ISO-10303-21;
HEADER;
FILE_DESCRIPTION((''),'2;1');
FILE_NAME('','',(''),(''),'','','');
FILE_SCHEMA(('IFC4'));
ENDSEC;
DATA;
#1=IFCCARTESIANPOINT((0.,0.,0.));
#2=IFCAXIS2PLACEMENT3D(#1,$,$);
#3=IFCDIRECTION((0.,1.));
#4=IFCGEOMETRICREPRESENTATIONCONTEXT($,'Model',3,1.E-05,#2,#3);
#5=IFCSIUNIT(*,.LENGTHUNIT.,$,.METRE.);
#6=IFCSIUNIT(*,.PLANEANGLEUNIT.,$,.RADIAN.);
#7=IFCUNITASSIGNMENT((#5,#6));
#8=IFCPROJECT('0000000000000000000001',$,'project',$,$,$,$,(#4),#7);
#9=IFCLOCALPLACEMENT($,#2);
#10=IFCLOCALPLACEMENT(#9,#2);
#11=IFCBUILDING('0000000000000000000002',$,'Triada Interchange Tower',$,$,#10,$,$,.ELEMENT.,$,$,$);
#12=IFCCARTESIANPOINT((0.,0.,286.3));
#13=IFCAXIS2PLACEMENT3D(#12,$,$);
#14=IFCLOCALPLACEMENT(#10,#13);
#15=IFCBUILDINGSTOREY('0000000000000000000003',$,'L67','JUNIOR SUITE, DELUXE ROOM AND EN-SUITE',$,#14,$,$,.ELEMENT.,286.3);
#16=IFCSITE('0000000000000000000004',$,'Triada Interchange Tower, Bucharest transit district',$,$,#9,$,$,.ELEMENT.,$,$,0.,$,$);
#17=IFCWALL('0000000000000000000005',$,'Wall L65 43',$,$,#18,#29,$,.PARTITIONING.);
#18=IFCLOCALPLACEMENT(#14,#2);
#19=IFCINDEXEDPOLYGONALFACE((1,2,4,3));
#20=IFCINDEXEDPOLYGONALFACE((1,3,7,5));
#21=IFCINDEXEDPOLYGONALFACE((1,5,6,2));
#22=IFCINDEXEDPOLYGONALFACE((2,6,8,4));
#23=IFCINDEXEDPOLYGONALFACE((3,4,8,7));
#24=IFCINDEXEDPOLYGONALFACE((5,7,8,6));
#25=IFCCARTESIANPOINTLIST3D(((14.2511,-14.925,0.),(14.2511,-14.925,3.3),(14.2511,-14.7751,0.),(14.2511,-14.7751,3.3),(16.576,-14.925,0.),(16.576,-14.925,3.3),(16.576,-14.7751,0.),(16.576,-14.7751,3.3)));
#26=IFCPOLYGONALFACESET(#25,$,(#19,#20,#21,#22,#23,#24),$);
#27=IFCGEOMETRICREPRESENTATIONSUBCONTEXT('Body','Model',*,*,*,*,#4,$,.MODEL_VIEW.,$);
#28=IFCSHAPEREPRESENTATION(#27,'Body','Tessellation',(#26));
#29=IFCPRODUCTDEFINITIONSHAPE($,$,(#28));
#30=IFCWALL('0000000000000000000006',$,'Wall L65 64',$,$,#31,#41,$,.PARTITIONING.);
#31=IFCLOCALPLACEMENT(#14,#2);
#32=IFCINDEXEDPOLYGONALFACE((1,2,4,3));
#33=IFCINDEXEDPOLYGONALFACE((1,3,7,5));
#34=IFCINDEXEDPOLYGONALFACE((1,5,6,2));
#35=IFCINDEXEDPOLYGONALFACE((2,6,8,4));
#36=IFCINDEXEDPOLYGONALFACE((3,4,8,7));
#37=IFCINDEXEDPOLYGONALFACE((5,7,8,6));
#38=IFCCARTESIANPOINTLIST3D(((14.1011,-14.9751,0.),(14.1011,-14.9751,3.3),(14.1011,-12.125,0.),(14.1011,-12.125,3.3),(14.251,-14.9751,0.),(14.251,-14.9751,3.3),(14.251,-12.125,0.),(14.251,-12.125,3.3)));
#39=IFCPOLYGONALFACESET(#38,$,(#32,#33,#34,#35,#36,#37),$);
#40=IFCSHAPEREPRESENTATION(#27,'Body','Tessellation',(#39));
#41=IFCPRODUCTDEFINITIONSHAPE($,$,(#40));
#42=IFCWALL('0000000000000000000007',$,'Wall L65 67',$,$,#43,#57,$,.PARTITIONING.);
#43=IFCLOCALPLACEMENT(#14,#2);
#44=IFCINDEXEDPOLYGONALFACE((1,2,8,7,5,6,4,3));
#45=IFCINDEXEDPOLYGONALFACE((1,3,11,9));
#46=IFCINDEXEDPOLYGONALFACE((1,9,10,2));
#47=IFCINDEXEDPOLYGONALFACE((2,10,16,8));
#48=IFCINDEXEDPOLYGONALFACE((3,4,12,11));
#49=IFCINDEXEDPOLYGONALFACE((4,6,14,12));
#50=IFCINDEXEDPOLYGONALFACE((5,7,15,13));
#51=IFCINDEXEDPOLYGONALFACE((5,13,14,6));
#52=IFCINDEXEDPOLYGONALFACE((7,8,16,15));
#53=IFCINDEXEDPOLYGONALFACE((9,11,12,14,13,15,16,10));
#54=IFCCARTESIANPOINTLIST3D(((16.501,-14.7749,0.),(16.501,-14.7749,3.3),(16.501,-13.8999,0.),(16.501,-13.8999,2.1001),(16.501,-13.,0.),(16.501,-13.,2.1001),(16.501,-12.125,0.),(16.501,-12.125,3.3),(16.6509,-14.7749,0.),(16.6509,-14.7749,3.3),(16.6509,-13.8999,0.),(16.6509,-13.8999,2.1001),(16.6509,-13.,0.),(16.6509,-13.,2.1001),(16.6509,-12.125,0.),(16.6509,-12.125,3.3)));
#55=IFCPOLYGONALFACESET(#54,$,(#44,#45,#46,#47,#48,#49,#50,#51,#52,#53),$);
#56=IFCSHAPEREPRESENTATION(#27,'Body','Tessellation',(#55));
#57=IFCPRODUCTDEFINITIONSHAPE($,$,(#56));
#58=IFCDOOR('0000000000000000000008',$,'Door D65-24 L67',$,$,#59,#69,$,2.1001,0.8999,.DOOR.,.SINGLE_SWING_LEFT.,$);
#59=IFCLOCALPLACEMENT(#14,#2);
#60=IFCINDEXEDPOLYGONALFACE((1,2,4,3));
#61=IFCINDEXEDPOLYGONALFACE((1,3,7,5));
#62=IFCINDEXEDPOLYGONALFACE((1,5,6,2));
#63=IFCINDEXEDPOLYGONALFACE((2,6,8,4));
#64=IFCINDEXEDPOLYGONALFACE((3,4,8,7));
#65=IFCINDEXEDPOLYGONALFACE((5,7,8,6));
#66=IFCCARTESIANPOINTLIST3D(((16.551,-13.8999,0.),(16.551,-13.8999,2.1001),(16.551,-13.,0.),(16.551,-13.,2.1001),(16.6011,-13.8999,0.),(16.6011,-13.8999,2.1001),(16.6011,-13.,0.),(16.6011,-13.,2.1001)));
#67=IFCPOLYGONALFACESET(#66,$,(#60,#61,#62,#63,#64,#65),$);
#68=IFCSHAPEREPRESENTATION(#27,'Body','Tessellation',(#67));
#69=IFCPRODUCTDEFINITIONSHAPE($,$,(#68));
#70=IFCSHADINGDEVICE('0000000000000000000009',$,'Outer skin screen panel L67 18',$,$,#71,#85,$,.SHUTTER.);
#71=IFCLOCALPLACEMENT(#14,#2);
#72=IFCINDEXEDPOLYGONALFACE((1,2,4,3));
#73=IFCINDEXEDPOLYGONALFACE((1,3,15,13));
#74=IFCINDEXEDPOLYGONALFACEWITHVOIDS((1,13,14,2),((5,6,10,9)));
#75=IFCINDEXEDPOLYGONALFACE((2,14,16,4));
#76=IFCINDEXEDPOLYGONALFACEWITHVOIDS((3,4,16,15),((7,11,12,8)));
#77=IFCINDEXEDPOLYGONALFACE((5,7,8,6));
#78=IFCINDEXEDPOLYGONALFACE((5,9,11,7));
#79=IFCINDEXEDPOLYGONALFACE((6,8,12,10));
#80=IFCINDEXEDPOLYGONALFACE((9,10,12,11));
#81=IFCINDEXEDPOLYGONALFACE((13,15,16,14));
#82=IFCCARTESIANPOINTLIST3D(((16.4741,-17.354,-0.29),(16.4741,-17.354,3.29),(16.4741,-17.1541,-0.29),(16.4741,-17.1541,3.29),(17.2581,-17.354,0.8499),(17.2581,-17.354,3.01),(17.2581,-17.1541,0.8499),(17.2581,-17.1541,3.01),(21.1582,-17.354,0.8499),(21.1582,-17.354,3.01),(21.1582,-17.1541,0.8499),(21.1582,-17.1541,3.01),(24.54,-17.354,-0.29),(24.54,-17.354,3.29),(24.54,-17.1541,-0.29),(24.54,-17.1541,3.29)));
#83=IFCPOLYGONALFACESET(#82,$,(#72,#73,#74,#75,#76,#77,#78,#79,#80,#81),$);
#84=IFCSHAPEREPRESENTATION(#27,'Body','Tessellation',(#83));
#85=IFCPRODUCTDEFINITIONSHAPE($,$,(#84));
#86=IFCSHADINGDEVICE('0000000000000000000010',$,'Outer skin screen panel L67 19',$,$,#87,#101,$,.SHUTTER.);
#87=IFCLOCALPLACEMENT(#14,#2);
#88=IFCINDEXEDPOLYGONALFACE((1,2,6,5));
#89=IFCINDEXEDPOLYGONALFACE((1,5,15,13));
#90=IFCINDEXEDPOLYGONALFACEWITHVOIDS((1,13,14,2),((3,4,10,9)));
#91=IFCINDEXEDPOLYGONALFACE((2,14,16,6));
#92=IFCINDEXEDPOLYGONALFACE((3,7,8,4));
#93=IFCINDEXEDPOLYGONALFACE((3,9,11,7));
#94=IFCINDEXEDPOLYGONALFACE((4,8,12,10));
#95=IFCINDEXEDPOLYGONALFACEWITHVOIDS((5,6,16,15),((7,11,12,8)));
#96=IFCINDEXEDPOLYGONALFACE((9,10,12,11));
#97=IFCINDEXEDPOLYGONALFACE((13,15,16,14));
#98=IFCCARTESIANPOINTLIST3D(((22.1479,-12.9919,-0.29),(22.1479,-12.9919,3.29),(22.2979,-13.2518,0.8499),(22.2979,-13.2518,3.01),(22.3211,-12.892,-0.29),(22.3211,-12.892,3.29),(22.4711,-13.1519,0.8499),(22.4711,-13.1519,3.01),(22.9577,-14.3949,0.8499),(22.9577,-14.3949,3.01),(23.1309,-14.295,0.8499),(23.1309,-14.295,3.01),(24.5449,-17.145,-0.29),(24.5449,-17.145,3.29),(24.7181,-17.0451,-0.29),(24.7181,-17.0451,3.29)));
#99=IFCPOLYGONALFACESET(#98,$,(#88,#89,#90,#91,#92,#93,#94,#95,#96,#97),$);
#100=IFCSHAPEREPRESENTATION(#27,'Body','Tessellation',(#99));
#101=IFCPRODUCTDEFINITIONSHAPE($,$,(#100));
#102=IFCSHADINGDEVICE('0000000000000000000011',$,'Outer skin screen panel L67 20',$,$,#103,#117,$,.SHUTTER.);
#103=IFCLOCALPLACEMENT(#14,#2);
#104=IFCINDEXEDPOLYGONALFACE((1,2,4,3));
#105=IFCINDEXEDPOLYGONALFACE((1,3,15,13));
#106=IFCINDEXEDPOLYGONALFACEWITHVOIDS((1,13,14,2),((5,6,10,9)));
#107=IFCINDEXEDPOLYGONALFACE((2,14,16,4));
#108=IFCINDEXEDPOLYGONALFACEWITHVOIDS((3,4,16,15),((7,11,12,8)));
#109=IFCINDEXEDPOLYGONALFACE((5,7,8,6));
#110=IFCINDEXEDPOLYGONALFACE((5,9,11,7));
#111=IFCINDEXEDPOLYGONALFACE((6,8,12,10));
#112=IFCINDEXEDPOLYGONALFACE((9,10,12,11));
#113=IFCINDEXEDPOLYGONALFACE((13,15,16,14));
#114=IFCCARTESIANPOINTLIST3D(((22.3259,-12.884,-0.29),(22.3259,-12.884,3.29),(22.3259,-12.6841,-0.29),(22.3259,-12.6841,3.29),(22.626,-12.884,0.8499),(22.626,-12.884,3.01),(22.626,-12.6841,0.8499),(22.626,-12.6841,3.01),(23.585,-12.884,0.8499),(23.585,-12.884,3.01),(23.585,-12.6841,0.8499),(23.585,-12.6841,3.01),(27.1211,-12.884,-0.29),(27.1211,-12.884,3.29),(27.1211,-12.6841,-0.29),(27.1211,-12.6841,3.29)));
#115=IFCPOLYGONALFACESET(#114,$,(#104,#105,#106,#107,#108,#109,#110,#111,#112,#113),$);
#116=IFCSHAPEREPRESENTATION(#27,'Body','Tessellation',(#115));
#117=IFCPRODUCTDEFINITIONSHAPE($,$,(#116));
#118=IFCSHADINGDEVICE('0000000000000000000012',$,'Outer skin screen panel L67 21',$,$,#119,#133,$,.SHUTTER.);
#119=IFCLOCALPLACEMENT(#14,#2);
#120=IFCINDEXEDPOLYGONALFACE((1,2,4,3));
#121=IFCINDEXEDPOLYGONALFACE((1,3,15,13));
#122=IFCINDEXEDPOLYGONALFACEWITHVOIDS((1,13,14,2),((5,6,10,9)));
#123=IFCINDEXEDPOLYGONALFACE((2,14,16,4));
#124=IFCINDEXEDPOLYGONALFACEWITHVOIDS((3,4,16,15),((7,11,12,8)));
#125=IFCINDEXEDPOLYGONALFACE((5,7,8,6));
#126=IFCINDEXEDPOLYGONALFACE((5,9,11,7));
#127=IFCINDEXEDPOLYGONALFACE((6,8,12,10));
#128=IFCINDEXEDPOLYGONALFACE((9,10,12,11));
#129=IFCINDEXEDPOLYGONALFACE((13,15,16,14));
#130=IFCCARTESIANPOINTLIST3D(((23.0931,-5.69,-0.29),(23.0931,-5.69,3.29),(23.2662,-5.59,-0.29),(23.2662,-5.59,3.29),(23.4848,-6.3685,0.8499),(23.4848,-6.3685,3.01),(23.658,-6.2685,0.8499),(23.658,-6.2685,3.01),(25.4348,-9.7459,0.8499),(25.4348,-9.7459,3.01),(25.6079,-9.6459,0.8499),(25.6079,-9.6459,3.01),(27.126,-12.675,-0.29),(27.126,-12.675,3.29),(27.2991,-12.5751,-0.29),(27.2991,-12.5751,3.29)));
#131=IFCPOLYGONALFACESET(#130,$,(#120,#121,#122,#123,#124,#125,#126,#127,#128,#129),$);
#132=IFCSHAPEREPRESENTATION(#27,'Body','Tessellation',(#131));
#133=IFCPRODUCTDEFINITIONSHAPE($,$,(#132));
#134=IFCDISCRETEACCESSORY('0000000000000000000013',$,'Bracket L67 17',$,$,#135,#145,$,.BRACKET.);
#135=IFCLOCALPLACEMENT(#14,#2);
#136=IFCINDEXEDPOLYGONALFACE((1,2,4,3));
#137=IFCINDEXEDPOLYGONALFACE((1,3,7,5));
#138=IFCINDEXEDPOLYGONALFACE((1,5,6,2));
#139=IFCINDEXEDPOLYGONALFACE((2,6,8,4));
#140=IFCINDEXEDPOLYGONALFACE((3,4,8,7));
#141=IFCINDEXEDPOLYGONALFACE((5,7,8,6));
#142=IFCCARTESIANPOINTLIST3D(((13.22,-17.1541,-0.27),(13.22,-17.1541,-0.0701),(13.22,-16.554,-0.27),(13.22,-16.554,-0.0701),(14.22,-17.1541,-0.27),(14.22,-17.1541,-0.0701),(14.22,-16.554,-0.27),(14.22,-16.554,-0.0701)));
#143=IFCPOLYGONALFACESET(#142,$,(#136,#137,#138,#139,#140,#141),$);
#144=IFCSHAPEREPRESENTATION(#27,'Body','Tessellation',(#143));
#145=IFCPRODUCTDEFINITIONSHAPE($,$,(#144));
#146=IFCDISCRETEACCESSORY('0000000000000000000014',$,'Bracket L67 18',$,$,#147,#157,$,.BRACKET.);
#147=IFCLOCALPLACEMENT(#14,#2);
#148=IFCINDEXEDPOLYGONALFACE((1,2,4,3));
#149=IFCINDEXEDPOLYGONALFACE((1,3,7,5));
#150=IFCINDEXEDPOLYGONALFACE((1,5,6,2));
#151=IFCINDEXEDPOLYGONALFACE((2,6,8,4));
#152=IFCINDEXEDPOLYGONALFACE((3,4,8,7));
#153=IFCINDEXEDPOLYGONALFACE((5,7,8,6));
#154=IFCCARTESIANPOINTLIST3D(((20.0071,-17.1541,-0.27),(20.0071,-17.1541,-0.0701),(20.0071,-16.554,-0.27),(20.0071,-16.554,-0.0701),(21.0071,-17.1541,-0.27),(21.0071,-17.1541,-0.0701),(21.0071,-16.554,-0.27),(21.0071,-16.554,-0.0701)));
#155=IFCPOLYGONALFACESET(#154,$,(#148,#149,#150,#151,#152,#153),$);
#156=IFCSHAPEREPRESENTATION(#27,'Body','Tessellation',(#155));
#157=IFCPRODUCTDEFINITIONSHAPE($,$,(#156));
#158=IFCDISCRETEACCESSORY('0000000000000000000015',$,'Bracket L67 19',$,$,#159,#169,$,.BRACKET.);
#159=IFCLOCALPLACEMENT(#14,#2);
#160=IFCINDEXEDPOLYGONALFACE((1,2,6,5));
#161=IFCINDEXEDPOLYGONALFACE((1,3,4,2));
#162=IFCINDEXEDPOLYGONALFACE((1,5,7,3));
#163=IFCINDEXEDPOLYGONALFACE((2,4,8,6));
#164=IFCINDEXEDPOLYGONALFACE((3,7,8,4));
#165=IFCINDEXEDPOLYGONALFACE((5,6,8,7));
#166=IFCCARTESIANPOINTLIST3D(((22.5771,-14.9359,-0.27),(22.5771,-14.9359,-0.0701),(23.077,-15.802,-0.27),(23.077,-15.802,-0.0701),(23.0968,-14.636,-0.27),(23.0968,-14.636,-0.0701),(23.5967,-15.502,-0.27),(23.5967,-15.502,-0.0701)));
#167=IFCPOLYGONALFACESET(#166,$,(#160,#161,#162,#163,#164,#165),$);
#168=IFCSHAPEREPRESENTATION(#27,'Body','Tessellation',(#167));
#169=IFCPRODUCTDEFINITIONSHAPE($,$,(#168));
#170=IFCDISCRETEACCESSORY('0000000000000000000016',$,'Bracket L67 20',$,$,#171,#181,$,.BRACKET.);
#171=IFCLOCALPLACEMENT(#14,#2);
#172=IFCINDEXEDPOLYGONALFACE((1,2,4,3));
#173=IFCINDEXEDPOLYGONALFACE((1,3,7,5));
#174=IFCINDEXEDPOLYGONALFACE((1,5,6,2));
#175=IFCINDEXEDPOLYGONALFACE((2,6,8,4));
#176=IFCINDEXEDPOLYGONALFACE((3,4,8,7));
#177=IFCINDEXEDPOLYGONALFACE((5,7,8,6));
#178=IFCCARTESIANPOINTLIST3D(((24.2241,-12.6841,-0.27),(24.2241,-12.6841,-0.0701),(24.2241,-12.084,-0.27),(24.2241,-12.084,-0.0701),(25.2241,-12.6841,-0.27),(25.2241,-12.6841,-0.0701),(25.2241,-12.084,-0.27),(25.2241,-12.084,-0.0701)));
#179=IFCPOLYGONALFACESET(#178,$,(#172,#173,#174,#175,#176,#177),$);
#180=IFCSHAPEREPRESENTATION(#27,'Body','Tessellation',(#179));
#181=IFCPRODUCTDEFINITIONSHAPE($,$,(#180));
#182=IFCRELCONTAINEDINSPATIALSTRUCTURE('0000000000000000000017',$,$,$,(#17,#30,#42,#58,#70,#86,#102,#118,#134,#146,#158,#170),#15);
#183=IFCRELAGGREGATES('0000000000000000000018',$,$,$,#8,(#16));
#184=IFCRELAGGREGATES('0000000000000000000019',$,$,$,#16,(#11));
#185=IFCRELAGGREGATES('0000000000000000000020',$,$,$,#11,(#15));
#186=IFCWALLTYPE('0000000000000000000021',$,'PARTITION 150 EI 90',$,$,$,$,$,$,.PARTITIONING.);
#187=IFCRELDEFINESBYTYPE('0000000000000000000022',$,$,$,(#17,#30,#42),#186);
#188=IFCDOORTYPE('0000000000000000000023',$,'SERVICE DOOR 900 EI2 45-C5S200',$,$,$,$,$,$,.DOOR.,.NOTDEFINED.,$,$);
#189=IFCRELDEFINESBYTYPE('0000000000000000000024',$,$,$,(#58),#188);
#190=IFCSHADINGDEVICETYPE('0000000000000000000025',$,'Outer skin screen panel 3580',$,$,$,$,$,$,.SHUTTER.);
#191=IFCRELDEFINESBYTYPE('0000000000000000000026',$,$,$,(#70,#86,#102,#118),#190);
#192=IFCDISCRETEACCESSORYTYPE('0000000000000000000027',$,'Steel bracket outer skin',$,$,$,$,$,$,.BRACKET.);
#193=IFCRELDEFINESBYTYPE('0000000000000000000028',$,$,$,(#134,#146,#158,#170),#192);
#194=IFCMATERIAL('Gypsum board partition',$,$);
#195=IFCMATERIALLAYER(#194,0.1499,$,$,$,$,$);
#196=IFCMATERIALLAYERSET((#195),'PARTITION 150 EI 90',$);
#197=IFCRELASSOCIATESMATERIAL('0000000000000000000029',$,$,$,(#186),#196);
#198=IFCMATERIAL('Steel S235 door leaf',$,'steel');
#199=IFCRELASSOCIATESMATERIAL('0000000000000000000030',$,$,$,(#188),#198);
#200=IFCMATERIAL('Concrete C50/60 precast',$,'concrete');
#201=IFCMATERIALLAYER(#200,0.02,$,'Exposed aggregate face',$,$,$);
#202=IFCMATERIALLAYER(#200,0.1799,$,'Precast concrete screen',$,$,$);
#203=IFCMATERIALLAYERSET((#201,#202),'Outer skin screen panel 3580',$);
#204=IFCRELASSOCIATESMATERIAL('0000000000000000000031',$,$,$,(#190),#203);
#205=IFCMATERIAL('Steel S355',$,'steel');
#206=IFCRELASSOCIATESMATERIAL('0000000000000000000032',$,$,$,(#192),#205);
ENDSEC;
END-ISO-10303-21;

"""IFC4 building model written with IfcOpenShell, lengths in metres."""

from ifc_helpers import new_model, si_unit, direction, frame, frame_2d, origin, origin_2d, place, context, subcontext, project, spatial, polyline, rectangle, outline, extrude, material, layer, layer_set, type_object, element, fill, save


model = new_model("IFC4")

# Units and contexts
model_context = context("Model", 3, precision=1e-05, world=origin(), true_north=direction((0.0, 1.0)))
body_context = subcontext(model_context, "Body", "Model", "MODEL_VIEW")
ifc_project = project(units=[si_unit("LENGTHUNIT", "METRE"), si_unit("PLANEANGLEUNIT", "RADIAN")], contexts=[model_context])

# Site, building, storey
site_placement = place(None, origin())
site = spatial("IfcSite", under=ifc_project, at=site_placement, Name="Triada Interchange Tower, Bucharest transit district", CompositionType="ELEMENT", RefElevation=0.0)
building_placement = place(site_placement, origin())
building = spatial("IfcBuilding", under=site, at=building_placement, Name="Triada Interchange Tower", CompositionType="ELEMENT")
storey_placement = place(building_placement, frame((0.0, 0.0, 286.3)))
storey = spatial("IfcBuildingStorey", under=building, at=storey_placement, Name="L67", Description="JUNIOR SUITE, DELUXE ROOM AND EN-SUITE", CompositionType="ELEMENT", Elevation=286.3)

# Walls
ifc_material_1 = material(Name="Gypsum board partition")
ifc_layer_1 = layer(ifc_material_1, 0.1499)
ifc_layer_set_1 = layer_set([ifc_layer_1], Name="PARTITION 150 EI 90")
wall_type_1 = type_object("IfcWallType", Name="PARTITION 150 EI 90", PredefinedType="PARTITIONING", material=ifc_layer_set_1)
wall_1_placement = place(storey_placement, frame((14.251, -14.8501, 0.0), z_axis=(0.0, 0.0, 1.0), x_axis=(1.0, 0.0, 0.0)))
element("IfcWall", 1, at=wall_1_placement, inside=storey, type_object=wall_type_1, Name="Wall L65 43", PredefinedType="PARTITIONING", context=body_context, shape_type="SweptSolid", body=[
    extrude(rectangle(XDim=2.325, YDim=0.1499, at=frame_2d((1.1626, 0.0))), origin(), (0.0, 0.0, 1.0), 3.3),
])
wall_2_placement = place(storey_placement, frame((14.176, -14.9751, 0.0), z_axis=(0.0, 0.0, 1.0), x_axis=(0.0, 1.0, 0.0)))
element("IfcWall", 2, at=wall_2_placement, inside=storey, type_object=wall_type_1, Name="Wall L65 64", PredefinedType="PARTITIONING", context=body_context, shape_type="SweptSolid", body=[
    extrude(rectangle(XDim=2.8501, YDim=0.1499, at=frame_2d((1.425, 0.0))), origin(), (0.0, 0.0, 1.0), 3.3),
])

# Wall, opening, door
wall_3_placement = place(storey_placement, frame((16.5759, -14.7749, 0.0), z_axis=(0.0, 0.0, 1.0), x_axis=(0.0, 1.0, 0.0)))
wall_3 = element("IfcWall", 3, at=wall_3_placement, inside=storey, type_object=wall_type_1, Name="Wall L65 67", PredefinedType="PARTITIONING", context=body_context, shape_type="SweptSolid", body=[
    extrude(rectangle(XDim=2.6499, YDim=0.1499, at=frame_2d((1.325, 0.0))), origin(), (0.0, 0.0, 1.0), 3.3),
])
opening_1_placement = place(wall_3_placement, frame((0.875, 0.0, 0.0)))
opening_1 = element("IfcOpeningElement", 4, at=opening_1_placement, cuts=wall_3, PredefinedType="OPENING", context=body_context, shape_type="SweptSolid", body=[
    extrude(rectangle(XDim=0.8999, YDim=2.1001, at=frame_2d((0.45, 1.05))), frame((0.0, 0.085, 0.0), z_axis=(0.0, -1.0, 0.0), x_axis=(1.0, 0.0, 0.0)), (0.0, 0.0, 1.0), 0.1699),
])
ifc_material_2 = material(Name="Steel S235 door leaf", Category="steel")
door_type = type_object("IfcDoorType", Name="SERVICE DOOR 900 EI2 45-C5S200", OperationType="NOTDEFINED", PredefinedType="DOOR", material=ifc_material_2)
door_placement = place(opening_1_placement, origin())
door = element("IfcDoor", 5, at=door_placement, inside=storey, type_object=door_type, Name="Door D65-24 L67", OperationType="SINGLE_SWING_LEFT", OverallHeight=2.1001, OverallWidth=0.8999, PredefinedType="DOOR", context=body_context, shape_type="SweptSolid", body=[
    extrude(rectangle(XDim=0.8999, YDim=2.1001, at=frame_2d((0.45, 1.05))), frame((0.0, 0.0249, 0.0), z_axis=(0.0, -1.0, 0.0), x_axis=(1.0, 0.0, 0.0)), (0.0, 0.0, 1.0), 0.05),
])
fill(opening_1, door)

# Shading devices
ifc_material_3 = material(Name="Concrete C50/60 precast", Category="concrete")
ifc_layer_2 = layer(ifc_material_3, 0.02, Name="Exposed aggregate face")
ifc_layer_3 = layer(ifc_material_3, 0.1799, Name="Precast concrete screen")
ifc_layer_set_2 = layer_set([ifc_layer_2, ifc_layer_3], Name="Outer skin screen panel 3580")
shading_device_type = type_object("IfcShadingDeviceType", Name="Outer skin screen panel 3580", PredefinedType="SHUTTER", material=ifc_layer_set_2)
shading_device_1_placement = place(storey_placement, frame((16.4741, -17.1541, -0.29), z_axis=(0.0, 0.0, 1.0), x_axis=(1.0, 0.0, 0.0)))
element("IfcShadingDevice", 6, at=shading_device_1_placement, inside=storey, type_object=shading_device_type, Name="Outer skin screen panel L67 18", PredefinedType="SHUTTER", context=body_context, shape_type="SweptSolid", body=[
    extrude(outline(polyline([(0.0, 0.0), (8.0659, 0.0), (8.0659, 3.5801), (0.0, 3.5801), (0.0, 0.0)]), holes=[polyline([(0.7839, 1.1399), (0.7839, 3.3), (4.6841, 3.3), (4.6841, 1.1399), (0.7839, 1.1399)])]), frame((0.0, 0.0, 0.0), z_axis=(0.0, -1.0, 0.0), x_axis=(1.0, 0.0, 0.0)), (0.0, 0.0, 1.0), 0.2),
])
shading_device_2_placement = place(storey_placement, frame((24.5449, -17.145, -0.29), z_axis=(0.0, 0.0, 1.0), x_axis=(-0.499874, 0.866098, 0.0)))
element("IfcShadingDevice", 7, at=shading_device_2_placement, inside=storey, type_object=shading_device_type, Name="Outer skin screen panel L67 19", PredefinedType="SHUTTER", context=body_context, shape_type="SweptSolid", body=[
    extrude(outline(polyline([(0.0, 0.0), (4.7952, 0.0), (4.7952, 3.5801), (0.0, 3.5801), (0.0, 0.0)]), holes=[polyline([(3.1753, 1.1399), (3.1753, 3.3), (4.4951, 3.3), (4.4951, 1.1399), (3.1753, 1.1399)])]), frame((0.0, 0.0, 0.0), z_axis=(0.0, -1.0, 0.0), x_axis=(1.0, 0.0, 0.0)), (0.0, 0.0, 1.0), 0.2),
])
shading_device_3_placement = place(storey_placement, frame((22.3259, -12.6841, -0.29), z_axis=(0.0, 0.0, 1.0), x_axis=(1.0, 0.0, 0.0)))
element("IfcShadingDevice", 8, at=shading_device_3_placement, inside=storey, type_object=shading_device_type, Name="Outer skin screen panel L67 20", PredefinedType="SHUTTER", context=body_context, shape_type="SweptSolid", body=[
    extrude(outline(polyline([(0.0, 0.0), (4.7952, 0.0), (4.7952, 3.5801), (0.0, 3.5801), (0.0, 0.0)]), holes=[polyline([(0.3, 1.1399), (0.3, 3.3), (1.259, 3.3), (1.259, 1.1399), (0.3, 1.1399)])]), frame((0.0, 0.0, 0.0), z_axis=(0.0, -1.0, 0.0), x_axis=(1.0, 0.0, 0.0)), (0.0, 0.0, 1.0), 0.2),
])
shading_device_4_placement = place(storey_placement, frame((27.126, -12.675, -0.29), z_axis=(0.0, 0.0, 1.0), x_axis=(-0.50001, 0.86602, 0.0)))
element("IfcShadingDevice", 9, at=shading_device_4_placement, inside=storey, type_object=shading_device_type, Name="Outer skin screen panel L67 21", PredefinedType="SHUTTER", context=body_context, shape_type="SweptSolid", body=[
    extrude(outline(polyline([(0.0, 0.0), (8.0657, 0.0), (8.0657, 3.5801), (0.0, 3.5801), (0.0, 0.0)]), holes=[polyline([(3.3823, 1.1399), (3.3823, 3.3), (7.2822, 3.3), (7.2822, 1.1399), (3.3823, 1.1399)])]), frame((0.0, 0.0, 0.0), z_axis=(0.0, -1.0, 0.0), x_axis=(1.0, 0.0, 0.0)), (0.0, 0.0, 1.0), 0.2),
])

# Discrete accessories
ifc_material_4 = material(Name="Steel S355", Category="steel")
discrete_accessory_type = type_object("IfcDiscreteAccessoryType", Name="Steel bracket outer skin", PredefinedType="BRACKET", material=ifc_material_4)
for number, where, z_axis, x_axis, name in (
    (10, (13.72, -16.854, -0.27), (0.0, 0.0, 1.0), (0.0, -1.0, 0.0), "Bracket L67 17"),
    (11, (20.5071, -16.854, -0.27), (0.0, 0.0, 1.0), (0.0, -1.0, 0.0), "Bracket L67 18"),
    (12, (23.0869, -15.219, -0.27), (0.0, 0.0, 1.0), (0.866089, 0.49989, 0.0), "Bracket L67 19"),
    (13, (24.7241, -12.384, -0.27), (0.0, 0.0, 1.0), (0.0, -1.0, 0.0), "Bracket L67 20"),
):
    element("IfcDiscreteAccessory", number, at=place(storey_placement, frame(where, z_axis=z_axis, x_axis=x_axis)), inside=storey, type_object=discrete_accessory_type, Name=name, PredefinedType="BRACKET", context=body_context, shape_type="SweptSolid", body=[
        extrude(rectangle(XDim=0.6001, YDim=1.0, at=origin_2d()), origin(), (0.0, 0.0, 1.0), 0.2),
    ])

save(model, "model.ifc")
